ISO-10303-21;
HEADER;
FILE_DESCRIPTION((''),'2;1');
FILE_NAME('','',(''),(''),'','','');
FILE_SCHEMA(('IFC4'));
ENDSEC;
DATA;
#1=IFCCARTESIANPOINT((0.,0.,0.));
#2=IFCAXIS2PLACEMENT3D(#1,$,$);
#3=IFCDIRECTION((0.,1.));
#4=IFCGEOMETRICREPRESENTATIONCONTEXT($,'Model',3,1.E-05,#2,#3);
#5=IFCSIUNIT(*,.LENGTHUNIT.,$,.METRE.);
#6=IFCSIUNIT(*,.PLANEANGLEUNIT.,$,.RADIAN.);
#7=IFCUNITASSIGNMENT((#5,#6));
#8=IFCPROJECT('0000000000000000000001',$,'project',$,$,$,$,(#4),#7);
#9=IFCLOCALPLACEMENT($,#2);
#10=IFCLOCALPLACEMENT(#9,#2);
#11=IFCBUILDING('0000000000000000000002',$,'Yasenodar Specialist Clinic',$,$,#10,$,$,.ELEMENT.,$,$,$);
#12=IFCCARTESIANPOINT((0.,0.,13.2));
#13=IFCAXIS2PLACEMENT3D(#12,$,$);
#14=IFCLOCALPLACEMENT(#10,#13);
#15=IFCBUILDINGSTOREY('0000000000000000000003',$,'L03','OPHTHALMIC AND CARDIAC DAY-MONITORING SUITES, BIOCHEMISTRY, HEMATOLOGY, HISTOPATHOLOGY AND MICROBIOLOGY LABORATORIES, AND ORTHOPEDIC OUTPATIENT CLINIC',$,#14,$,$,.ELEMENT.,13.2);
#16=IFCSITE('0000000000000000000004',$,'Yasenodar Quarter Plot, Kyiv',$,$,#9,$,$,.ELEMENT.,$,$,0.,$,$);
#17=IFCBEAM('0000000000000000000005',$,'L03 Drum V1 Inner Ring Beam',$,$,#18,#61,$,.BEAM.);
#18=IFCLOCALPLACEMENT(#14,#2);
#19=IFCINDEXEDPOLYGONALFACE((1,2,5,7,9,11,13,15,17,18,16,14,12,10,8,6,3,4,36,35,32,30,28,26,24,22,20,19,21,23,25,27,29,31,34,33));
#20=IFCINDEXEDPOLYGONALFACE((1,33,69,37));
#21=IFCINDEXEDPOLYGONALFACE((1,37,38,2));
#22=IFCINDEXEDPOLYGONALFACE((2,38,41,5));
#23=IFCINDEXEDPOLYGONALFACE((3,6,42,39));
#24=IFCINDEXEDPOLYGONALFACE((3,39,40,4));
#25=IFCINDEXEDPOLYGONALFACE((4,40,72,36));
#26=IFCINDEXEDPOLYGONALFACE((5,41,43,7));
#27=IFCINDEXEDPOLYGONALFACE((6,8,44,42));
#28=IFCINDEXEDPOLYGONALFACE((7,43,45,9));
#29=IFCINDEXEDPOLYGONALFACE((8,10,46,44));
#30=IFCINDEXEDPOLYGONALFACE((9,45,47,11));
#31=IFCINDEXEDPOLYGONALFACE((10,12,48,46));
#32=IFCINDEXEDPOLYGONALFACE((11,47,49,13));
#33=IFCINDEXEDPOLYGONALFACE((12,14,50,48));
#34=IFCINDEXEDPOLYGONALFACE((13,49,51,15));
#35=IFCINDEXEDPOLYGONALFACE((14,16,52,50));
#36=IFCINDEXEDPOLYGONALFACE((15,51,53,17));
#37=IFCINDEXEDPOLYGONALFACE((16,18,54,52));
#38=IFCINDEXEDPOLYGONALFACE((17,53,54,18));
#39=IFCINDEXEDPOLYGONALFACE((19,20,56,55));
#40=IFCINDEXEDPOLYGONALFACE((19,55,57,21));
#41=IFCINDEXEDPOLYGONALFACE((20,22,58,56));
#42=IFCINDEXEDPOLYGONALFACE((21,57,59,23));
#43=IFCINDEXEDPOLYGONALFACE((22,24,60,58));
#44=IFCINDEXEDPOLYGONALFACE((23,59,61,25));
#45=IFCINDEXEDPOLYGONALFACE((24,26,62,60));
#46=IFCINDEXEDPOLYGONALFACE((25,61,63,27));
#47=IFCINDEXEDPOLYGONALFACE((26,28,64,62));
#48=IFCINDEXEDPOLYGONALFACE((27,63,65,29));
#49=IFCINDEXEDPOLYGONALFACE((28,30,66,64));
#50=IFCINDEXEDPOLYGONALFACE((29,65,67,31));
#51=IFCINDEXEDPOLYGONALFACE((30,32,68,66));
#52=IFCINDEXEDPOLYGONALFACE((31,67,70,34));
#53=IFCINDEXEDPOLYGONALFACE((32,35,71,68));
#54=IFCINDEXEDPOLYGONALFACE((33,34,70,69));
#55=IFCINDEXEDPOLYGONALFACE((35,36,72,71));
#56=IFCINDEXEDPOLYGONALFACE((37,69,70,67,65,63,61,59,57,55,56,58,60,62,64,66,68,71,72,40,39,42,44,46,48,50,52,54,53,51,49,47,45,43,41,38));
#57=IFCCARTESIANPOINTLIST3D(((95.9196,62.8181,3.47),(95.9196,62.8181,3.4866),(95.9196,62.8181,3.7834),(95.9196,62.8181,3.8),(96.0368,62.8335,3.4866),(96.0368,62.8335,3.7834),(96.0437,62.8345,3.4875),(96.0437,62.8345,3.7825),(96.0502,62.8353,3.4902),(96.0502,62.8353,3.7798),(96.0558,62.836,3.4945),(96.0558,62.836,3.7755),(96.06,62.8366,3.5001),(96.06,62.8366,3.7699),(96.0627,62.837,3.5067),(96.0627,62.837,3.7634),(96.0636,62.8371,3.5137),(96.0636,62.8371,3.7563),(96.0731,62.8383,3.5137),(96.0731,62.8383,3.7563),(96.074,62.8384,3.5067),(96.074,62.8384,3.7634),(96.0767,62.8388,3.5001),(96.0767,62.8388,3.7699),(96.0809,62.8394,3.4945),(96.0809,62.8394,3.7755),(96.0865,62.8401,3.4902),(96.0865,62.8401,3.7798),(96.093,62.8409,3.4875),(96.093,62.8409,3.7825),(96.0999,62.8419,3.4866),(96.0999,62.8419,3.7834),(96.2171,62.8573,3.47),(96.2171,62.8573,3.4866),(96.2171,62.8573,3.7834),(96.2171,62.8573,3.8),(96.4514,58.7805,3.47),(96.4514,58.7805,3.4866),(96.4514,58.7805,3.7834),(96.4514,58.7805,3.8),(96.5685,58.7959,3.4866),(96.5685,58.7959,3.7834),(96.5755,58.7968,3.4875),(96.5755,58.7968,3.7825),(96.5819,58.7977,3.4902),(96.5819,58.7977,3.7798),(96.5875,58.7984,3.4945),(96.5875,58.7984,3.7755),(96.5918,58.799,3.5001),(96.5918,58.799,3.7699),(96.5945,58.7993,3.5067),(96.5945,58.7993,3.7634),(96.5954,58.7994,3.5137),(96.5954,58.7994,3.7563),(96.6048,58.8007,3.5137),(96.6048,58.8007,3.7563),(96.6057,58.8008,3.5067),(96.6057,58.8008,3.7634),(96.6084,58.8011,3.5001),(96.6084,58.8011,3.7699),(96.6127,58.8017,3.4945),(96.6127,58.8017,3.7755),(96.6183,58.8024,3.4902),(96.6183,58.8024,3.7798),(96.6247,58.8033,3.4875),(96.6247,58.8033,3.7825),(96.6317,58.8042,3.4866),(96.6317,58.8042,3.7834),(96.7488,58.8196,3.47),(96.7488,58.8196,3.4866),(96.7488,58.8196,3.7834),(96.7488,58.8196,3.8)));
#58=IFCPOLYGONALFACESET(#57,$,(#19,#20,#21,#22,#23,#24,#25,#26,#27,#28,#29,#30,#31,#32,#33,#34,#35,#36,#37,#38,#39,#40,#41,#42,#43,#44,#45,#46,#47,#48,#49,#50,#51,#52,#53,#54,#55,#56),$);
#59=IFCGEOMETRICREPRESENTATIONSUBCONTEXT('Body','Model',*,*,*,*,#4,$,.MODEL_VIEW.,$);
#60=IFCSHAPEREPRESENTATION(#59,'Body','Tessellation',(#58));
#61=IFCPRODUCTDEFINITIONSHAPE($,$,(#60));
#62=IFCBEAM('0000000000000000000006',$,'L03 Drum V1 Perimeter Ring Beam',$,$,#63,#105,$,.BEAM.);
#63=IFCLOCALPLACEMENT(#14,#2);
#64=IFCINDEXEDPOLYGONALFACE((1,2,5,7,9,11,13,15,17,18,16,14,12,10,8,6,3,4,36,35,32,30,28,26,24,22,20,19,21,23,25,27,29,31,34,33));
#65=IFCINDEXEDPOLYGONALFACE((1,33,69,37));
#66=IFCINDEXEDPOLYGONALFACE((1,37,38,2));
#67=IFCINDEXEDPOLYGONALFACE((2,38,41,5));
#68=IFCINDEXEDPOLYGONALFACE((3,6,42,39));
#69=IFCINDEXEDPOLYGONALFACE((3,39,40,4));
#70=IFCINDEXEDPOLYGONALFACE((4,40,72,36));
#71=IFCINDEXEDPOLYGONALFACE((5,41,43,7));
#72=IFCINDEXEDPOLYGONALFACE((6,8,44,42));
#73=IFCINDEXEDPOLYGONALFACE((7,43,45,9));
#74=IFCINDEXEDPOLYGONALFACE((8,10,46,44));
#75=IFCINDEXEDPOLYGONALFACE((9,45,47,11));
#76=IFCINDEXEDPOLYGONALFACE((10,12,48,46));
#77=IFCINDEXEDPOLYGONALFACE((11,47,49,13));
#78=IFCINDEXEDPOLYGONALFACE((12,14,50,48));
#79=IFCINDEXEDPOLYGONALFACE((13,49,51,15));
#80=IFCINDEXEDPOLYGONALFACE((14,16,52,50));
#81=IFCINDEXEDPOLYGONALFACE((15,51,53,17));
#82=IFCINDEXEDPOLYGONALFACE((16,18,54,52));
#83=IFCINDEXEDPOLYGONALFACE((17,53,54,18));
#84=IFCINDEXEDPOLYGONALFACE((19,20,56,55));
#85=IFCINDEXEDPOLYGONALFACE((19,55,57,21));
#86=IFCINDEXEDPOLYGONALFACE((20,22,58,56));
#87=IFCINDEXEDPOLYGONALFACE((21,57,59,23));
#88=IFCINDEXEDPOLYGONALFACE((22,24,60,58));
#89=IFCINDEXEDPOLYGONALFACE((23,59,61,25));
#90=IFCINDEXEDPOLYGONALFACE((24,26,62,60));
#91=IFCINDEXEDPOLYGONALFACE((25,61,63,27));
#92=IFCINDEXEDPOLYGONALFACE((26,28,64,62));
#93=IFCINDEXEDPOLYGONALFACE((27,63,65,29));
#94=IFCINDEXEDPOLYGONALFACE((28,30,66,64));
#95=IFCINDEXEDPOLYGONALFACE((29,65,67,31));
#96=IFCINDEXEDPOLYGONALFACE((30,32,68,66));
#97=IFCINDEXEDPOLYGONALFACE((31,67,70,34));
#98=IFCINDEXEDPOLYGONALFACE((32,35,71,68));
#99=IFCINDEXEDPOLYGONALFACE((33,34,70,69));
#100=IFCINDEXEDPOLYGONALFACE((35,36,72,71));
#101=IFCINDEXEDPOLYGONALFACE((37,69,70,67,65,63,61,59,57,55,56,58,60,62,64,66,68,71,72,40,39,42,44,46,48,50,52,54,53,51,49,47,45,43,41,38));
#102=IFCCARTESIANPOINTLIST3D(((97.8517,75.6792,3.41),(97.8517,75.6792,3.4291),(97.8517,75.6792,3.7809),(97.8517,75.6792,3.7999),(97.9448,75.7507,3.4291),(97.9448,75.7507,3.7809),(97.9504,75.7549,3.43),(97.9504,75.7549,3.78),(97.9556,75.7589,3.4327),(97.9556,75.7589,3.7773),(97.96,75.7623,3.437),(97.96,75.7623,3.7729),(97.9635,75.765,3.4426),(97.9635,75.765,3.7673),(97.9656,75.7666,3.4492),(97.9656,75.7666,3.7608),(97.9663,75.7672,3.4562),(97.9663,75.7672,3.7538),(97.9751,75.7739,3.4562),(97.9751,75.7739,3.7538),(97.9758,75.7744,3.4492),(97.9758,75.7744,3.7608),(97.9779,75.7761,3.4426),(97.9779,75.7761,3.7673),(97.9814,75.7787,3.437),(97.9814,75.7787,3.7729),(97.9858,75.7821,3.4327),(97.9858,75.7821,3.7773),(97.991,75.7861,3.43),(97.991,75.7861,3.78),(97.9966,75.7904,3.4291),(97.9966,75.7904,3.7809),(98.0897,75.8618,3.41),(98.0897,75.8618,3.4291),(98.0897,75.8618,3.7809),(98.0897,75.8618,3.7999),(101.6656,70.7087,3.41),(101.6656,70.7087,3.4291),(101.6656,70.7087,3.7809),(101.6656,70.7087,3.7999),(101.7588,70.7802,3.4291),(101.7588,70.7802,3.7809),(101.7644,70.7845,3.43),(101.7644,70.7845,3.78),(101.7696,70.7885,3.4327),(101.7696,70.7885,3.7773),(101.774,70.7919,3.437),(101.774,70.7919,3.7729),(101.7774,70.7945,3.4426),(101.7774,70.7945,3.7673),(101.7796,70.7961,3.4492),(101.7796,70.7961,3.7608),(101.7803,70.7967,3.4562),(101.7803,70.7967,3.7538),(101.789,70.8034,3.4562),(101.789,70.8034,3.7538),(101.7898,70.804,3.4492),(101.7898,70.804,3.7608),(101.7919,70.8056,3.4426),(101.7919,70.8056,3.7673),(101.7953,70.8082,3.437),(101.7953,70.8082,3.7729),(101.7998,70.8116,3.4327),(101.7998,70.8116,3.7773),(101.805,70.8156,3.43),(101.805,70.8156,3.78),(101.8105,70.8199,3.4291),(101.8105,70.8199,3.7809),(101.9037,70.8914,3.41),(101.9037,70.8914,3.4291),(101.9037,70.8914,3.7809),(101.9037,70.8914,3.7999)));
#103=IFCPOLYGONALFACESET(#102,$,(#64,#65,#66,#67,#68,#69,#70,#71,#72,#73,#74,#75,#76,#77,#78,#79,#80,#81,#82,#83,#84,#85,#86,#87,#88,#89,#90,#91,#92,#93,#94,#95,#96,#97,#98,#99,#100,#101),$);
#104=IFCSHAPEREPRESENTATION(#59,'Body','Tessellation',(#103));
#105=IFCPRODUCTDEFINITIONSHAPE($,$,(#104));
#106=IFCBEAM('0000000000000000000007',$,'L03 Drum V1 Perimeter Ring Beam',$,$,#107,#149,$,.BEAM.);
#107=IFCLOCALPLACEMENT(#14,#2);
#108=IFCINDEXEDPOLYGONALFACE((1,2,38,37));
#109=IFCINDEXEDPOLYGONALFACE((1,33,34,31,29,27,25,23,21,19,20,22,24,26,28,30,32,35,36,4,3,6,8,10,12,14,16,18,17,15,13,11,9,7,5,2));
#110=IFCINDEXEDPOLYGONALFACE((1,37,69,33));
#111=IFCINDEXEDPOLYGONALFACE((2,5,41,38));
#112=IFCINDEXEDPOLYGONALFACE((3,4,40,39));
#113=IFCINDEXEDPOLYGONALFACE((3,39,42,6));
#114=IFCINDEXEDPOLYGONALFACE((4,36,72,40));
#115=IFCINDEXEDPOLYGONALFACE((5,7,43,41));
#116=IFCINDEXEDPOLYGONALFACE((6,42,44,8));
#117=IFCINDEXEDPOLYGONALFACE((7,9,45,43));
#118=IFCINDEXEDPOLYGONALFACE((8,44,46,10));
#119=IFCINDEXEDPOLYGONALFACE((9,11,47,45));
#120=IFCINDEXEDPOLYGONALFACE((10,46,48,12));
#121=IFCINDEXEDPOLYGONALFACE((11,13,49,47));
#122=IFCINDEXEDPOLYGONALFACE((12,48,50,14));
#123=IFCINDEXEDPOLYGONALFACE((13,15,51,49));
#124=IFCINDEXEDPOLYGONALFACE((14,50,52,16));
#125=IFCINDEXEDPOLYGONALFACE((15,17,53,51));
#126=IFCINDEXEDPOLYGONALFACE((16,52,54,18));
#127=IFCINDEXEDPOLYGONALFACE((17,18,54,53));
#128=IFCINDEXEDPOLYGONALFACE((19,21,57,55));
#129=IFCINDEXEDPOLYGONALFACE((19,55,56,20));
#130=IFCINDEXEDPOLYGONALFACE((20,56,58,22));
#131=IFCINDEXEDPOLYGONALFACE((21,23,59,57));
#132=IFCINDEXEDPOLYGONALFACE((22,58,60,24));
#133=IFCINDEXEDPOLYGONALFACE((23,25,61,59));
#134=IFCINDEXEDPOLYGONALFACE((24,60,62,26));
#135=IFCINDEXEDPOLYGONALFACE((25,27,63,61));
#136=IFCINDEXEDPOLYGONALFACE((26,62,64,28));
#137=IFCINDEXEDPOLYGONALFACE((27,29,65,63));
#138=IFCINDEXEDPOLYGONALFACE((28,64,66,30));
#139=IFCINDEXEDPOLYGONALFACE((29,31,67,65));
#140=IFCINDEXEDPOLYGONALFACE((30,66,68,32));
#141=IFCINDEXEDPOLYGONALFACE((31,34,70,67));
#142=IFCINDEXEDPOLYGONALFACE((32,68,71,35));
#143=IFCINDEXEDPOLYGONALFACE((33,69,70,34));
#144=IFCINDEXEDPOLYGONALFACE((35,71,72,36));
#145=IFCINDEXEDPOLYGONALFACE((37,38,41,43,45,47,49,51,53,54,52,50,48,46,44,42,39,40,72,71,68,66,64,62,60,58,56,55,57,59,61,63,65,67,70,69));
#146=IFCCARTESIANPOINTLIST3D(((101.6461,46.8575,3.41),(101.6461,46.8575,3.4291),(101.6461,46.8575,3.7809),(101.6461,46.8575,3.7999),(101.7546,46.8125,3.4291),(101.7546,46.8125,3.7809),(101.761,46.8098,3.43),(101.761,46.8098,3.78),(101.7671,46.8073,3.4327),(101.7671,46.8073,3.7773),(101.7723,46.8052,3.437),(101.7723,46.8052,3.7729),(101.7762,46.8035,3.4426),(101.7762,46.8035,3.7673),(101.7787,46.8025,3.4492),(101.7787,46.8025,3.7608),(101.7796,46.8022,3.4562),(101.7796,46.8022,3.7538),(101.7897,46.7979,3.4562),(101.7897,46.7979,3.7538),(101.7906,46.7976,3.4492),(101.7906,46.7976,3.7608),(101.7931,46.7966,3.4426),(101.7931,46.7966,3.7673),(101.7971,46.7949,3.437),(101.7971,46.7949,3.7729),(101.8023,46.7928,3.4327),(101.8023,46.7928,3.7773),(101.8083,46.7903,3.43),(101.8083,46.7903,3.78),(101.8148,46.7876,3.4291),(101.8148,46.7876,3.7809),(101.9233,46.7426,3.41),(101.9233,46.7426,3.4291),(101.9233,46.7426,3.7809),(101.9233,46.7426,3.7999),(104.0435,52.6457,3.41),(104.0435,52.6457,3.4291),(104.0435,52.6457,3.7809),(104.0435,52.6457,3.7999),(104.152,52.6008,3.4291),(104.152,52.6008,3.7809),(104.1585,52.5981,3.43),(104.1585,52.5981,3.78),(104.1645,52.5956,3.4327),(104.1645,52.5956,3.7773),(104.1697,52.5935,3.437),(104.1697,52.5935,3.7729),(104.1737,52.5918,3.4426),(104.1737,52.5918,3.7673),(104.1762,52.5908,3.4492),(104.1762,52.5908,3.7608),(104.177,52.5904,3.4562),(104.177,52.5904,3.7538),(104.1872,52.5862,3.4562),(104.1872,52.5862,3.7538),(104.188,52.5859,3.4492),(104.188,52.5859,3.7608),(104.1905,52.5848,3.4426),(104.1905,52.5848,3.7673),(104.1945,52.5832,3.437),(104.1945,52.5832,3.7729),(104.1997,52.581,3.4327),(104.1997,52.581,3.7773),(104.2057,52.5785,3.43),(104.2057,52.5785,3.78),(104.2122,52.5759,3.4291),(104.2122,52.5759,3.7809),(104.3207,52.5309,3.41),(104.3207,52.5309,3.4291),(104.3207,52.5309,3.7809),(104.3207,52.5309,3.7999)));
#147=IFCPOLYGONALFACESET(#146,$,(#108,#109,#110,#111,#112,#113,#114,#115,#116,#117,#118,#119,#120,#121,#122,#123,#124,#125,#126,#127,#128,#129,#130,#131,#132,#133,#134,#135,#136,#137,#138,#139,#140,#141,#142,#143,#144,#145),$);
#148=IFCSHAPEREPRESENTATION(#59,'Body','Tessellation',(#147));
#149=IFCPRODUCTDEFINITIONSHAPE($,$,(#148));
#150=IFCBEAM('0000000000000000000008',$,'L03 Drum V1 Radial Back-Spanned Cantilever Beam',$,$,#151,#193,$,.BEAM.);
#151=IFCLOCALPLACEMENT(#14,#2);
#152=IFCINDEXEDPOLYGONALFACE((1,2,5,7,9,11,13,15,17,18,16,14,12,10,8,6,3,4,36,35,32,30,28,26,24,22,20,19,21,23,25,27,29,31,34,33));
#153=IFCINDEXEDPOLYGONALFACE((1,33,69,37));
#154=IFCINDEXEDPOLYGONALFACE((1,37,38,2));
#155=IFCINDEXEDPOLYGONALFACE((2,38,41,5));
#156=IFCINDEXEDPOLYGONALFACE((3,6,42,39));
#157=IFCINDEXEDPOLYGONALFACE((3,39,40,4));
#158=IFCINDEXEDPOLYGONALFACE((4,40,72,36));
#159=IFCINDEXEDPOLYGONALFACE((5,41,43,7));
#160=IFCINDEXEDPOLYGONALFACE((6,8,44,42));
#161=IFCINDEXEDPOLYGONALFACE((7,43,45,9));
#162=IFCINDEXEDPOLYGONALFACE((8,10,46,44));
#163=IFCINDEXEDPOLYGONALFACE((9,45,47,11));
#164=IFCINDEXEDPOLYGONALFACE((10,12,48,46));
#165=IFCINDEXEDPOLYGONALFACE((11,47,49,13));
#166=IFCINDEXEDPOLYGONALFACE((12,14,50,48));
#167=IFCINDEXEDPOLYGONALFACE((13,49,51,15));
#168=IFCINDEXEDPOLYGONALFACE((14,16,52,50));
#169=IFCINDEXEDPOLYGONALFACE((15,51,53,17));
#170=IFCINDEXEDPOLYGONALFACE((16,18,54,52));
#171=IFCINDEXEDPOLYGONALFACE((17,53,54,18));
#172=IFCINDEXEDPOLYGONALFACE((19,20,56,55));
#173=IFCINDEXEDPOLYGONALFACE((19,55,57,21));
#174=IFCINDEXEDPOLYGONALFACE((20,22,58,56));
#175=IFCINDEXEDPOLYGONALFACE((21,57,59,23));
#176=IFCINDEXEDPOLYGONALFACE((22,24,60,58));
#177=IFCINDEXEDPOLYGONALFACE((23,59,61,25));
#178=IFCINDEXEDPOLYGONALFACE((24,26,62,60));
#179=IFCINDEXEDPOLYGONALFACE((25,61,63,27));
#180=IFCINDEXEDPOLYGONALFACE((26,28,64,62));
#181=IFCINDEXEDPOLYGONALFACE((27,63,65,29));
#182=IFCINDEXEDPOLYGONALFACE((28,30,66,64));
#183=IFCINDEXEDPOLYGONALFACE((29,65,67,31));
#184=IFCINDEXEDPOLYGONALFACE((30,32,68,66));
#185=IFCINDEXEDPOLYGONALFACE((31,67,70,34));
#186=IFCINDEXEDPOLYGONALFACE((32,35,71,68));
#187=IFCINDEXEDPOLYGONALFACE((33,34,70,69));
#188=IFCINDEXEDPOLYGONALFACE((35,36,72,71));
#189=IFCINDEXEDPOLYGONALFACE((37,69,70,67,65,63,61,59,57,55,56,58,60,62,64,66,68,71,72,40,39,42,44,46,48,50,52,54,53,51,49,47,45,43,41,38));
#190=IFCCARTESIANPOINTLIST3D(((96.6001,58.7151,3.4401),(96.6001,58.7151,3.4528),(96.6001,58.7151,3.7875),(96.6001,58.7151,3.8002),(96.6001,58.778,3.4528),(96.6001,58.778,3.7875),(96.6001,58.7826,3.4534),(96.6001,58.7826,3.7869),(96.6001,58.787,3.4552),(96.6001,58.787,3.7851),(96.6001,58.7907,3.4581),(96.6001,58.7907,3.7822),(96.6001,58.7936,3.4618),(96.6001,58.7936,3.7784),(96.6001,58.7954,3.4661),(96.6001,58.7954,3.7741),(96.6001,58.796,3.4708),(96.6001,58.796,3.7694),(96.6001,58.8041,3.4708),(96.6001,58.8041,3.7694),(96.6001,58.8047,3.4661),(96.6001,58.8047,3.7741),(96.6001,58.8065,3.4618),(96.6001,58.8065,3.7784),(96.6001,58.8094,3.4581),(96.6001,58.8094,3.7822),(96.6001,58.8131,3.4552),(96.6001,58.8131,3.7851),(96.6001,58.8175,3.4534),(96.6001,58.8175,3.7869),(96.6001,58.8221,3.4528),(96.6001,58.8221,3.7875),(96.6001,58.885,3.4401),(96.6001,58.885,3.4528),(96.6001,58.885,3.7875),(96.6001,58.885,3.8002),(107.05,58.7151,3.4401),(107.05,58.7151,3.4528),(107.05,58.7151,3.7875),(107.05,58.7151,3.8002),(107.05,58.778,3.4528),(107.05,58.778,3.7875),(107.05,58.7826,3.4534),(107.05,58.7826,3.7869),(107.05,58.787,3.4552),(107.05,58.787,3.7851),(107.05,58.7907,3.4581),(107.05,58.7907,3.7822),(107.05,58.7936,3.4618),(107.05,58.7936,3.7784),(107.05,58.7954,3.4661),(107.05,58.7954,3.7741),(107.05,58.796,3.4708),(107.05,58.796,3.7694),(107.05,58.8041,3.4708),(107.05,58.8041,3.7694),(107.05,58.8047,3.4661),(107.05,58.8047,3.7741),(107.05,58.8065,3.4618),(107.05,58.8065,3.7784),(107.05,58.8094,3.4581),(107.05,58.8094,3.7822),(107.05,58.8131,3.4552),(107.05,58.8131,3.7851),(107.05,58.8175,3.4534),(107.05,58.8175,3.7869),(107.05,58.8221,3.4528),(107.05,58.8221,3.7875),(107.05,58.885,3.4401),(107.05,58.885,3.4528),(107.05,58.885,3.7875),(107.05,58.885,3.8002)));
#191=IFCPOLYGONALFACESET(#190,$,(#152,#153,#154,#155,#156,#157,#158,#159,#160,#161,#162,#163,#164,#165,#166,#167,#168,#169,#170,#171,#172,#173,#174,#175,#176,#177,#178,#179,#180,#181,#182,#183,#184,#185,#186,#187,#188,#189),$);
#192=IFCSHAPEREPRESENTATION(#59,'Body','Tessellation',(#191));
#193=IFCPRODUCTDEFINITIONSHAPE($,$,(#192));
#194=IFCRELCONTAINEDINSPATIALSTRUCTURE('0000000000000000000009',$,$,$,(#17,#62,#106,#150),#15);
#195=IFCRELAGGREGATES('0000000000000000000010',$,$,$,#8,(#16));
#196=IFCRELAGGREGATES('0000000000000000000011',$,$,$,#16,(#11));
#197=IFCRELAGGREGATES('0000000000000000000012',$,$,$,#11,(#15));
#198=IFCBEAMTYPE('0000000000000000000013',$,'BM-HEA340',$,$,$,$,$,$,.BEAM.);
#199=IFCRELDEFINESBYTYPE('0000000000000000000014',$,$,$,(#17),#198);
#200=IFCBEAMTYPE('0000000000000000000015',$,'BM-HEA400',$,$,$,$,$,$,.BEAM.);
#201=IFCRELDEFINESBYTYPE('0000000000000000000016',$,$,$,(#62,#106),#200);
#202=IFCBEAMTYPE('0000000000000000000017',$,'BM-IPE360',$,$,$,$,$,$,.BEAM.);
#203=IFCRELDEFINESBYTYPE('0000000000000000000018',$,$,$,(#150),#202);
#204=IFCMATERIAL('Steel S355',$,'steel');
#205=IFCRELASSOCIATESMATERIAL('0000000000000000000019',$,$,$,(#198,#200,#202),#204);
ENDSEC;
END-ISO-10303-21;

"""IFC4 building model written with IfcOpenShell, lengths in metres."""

from ifc_helpers import new_model, si_unit, direction, frame, origin, origin_2d, place, context, subcontext, project, spatial, i_section, extrude, material, material_profile, profile_set, type_object, element, save


model = new_model("IFC4")

# Units and contexts
model_context = context("Model", 3, precision=1e-05, world=origin(), true_north=direction((0.0, 1.0)))
body_context = subcontext(model_context, "Body", "Model", "MODEL_VIEW")
ifc_project = project(units=[si_unit("LENGTHUNIT", "METRE"), si_unit("PLANEANGLEUNIT", "RADIAN")], contexts=[model_context])

# Site, building, storey
site_placement = place(None, origin())
site = spatial("IfcSite", under=ifc_project, at=site_placement, Name="Yasenodar Quarter Plot, Kyiv", CompositionType="ELEMENT", RefElevation=0.0)
building_placement = place(site_placement, origin())
building = spatial("IfcBuilding", under=site, at=building_placement, Name="Yasenodar Specialist Clinic", CompositionType="ELEMENT")
storey_placement = place(building_placement, frame((0.0, 0.0, 13.2)))
storey = spatial("IfcBuildingStorey", under=building, at=storey_placement, Name="L03", Description="OPHTHALMIC AND CARDIAC DAY-MONITORING SUITES, BIOCHEMISTRY, HEMATOLOGY, HISTOPATHOLOGY AND MICROBIOLOGY LABORATORIES, AND ORTHOPEDIC OUTPATIENT CLINIC", CompositionType="ELEMENT", Elevation=13.2)

# Shared definitions
ifc_material_1 = material(Name="Steel S355", Category="steel")

# Beams
ifc_material_profile_1 = material_profile(ifc_material_1, i_section(OverallWidth=0.3, OverallDepth=0.3301, WebThickness=0.0095, FlangeThickness=0.0166, FilletRadius=0.0271, at=origin_2d()), Name="HEA 340")
ifc_profile_set_1 = profile_set([ifc_material_profile_1], Name="Steel S355")
beam_type_1 = type_object("IfcBeamType", Name="BM-HEA340", PredefinedType="BEAM", material=ifc_profile_set_1)
beam_1_placement = place(storey_placement, frame((96.6001, 58.8, 3.635), z_axis=(-0.130569, 0.991439, 0.0), x_axis=(-0.991439, -0.130569, 0.0)))
element("IfcBeam", 1, at=beam_1_placement, inside=storey, type_object=beam_type_1, Name="L03 Drum V1 Inner Ring Beam", PredefinedType="BEAM", context=body_context, shape_type="SweptSolid", body=[
    extrude(i_section(OverallWidth=0.3, OverallDepth=0.3301, WebThickness=0.0095, FlangeThickness=0.0166, FilletRadius=0.0271, at=origin_2d()), origin(), (0.0, 0.0, 1.0), 4.0725),
])
ifc_material_profile_2 = material_profile(ifc_material_1, i_section(OverallWidth=0.3, OverallDepth=0.3899, WebThickness=0.011, FlangeThickness=0.019, FilletRadius=0.0271, at=origin_2d()), Name="HEA 400")
ifc_profile_set_2 = profile_set([ifc_material_profile_2], Name="Steel S355")
beam_type_2 = type_object("IfcBeamType", Name="BM-HEA400", PredefinedType="BEAM", material=ifc_profile_set_2)
for number, where, z_axis, x_axis, name in (
    (2, (101.7847, 70.8, 3.605), (-0.608761, 0.793354, 0.0), (-0.793354, -0.608761, 0.0), "L03 Drum V1 Perimeter Ring Beam"),
    (3, (101.7847, 46.8, 3.605), (0.382664, 0.923888, 0.0), (-0.923888, 0.382664, 0.0), "L03 Drum V1 Perimeter Ring Beam"),
):
    element("IfcBeam", number, at=place(storey_placement, frame(where, z_axis=z_axis, x_axis=x_axis)), inside=storey, type_object=beam_type_2, Name=name, PredefinedType="BEAM", context=body_context, shape_type="SweptSolid", body=[
        extrude(i_section(OverallWidth=0.3, OverallDepth=0.3899, WebThickness=0.011, FlangeThickness=0.019, FilletRadius=0.0271, at=origin_2d()), origin(), (0.0, 0.0, 1.0), 6.2651),
    ])
ifc_material_profile_3 = material_profile(ifc_material_1, i_section(OverallWidth=0.1699, OverallDepth=0.3601, WebThickness=0.0081, FlangeThickness=0.0127, FilletRadius=0.0181, at=origin_2d()), Name="IPE 360")
ifc_profile_set_3 = profile_set([ifc_material_profile_3], Name="Steel S355")
beam_type_3 = type_object("IfcBeamType", Name="BM-IPE360", PredefinedType="BEAM", material=ifc_profile_set_3)
beam_2_placement = place(storey_placement, frame((96.6001, 58.8, 3.6201), z_axis=(1.0, 0.0, 0.0), x_axis=(0.0, 1.0, 0.0)))
element("IfcBeam", 4, at=beam_2_placement, inside=storey, type_object=beam_type_3, Name="L03 Drum V1 Radial Back-Spanned Cantilever Beam", PredefinedType="BEAM", context=body_context, shape_type="SweptSolid", body=[
    extrude(i_section(OverallWidth=0.1699, OverallDepth=0.3601, WebThickness=0.0081, FlangeThickness=0.0127, FilletRadius=0.0181, at=origin_2d()), origin(), (0.0, 0.0, 1.0), 10.45),
])

save(model, "model.ifc")
